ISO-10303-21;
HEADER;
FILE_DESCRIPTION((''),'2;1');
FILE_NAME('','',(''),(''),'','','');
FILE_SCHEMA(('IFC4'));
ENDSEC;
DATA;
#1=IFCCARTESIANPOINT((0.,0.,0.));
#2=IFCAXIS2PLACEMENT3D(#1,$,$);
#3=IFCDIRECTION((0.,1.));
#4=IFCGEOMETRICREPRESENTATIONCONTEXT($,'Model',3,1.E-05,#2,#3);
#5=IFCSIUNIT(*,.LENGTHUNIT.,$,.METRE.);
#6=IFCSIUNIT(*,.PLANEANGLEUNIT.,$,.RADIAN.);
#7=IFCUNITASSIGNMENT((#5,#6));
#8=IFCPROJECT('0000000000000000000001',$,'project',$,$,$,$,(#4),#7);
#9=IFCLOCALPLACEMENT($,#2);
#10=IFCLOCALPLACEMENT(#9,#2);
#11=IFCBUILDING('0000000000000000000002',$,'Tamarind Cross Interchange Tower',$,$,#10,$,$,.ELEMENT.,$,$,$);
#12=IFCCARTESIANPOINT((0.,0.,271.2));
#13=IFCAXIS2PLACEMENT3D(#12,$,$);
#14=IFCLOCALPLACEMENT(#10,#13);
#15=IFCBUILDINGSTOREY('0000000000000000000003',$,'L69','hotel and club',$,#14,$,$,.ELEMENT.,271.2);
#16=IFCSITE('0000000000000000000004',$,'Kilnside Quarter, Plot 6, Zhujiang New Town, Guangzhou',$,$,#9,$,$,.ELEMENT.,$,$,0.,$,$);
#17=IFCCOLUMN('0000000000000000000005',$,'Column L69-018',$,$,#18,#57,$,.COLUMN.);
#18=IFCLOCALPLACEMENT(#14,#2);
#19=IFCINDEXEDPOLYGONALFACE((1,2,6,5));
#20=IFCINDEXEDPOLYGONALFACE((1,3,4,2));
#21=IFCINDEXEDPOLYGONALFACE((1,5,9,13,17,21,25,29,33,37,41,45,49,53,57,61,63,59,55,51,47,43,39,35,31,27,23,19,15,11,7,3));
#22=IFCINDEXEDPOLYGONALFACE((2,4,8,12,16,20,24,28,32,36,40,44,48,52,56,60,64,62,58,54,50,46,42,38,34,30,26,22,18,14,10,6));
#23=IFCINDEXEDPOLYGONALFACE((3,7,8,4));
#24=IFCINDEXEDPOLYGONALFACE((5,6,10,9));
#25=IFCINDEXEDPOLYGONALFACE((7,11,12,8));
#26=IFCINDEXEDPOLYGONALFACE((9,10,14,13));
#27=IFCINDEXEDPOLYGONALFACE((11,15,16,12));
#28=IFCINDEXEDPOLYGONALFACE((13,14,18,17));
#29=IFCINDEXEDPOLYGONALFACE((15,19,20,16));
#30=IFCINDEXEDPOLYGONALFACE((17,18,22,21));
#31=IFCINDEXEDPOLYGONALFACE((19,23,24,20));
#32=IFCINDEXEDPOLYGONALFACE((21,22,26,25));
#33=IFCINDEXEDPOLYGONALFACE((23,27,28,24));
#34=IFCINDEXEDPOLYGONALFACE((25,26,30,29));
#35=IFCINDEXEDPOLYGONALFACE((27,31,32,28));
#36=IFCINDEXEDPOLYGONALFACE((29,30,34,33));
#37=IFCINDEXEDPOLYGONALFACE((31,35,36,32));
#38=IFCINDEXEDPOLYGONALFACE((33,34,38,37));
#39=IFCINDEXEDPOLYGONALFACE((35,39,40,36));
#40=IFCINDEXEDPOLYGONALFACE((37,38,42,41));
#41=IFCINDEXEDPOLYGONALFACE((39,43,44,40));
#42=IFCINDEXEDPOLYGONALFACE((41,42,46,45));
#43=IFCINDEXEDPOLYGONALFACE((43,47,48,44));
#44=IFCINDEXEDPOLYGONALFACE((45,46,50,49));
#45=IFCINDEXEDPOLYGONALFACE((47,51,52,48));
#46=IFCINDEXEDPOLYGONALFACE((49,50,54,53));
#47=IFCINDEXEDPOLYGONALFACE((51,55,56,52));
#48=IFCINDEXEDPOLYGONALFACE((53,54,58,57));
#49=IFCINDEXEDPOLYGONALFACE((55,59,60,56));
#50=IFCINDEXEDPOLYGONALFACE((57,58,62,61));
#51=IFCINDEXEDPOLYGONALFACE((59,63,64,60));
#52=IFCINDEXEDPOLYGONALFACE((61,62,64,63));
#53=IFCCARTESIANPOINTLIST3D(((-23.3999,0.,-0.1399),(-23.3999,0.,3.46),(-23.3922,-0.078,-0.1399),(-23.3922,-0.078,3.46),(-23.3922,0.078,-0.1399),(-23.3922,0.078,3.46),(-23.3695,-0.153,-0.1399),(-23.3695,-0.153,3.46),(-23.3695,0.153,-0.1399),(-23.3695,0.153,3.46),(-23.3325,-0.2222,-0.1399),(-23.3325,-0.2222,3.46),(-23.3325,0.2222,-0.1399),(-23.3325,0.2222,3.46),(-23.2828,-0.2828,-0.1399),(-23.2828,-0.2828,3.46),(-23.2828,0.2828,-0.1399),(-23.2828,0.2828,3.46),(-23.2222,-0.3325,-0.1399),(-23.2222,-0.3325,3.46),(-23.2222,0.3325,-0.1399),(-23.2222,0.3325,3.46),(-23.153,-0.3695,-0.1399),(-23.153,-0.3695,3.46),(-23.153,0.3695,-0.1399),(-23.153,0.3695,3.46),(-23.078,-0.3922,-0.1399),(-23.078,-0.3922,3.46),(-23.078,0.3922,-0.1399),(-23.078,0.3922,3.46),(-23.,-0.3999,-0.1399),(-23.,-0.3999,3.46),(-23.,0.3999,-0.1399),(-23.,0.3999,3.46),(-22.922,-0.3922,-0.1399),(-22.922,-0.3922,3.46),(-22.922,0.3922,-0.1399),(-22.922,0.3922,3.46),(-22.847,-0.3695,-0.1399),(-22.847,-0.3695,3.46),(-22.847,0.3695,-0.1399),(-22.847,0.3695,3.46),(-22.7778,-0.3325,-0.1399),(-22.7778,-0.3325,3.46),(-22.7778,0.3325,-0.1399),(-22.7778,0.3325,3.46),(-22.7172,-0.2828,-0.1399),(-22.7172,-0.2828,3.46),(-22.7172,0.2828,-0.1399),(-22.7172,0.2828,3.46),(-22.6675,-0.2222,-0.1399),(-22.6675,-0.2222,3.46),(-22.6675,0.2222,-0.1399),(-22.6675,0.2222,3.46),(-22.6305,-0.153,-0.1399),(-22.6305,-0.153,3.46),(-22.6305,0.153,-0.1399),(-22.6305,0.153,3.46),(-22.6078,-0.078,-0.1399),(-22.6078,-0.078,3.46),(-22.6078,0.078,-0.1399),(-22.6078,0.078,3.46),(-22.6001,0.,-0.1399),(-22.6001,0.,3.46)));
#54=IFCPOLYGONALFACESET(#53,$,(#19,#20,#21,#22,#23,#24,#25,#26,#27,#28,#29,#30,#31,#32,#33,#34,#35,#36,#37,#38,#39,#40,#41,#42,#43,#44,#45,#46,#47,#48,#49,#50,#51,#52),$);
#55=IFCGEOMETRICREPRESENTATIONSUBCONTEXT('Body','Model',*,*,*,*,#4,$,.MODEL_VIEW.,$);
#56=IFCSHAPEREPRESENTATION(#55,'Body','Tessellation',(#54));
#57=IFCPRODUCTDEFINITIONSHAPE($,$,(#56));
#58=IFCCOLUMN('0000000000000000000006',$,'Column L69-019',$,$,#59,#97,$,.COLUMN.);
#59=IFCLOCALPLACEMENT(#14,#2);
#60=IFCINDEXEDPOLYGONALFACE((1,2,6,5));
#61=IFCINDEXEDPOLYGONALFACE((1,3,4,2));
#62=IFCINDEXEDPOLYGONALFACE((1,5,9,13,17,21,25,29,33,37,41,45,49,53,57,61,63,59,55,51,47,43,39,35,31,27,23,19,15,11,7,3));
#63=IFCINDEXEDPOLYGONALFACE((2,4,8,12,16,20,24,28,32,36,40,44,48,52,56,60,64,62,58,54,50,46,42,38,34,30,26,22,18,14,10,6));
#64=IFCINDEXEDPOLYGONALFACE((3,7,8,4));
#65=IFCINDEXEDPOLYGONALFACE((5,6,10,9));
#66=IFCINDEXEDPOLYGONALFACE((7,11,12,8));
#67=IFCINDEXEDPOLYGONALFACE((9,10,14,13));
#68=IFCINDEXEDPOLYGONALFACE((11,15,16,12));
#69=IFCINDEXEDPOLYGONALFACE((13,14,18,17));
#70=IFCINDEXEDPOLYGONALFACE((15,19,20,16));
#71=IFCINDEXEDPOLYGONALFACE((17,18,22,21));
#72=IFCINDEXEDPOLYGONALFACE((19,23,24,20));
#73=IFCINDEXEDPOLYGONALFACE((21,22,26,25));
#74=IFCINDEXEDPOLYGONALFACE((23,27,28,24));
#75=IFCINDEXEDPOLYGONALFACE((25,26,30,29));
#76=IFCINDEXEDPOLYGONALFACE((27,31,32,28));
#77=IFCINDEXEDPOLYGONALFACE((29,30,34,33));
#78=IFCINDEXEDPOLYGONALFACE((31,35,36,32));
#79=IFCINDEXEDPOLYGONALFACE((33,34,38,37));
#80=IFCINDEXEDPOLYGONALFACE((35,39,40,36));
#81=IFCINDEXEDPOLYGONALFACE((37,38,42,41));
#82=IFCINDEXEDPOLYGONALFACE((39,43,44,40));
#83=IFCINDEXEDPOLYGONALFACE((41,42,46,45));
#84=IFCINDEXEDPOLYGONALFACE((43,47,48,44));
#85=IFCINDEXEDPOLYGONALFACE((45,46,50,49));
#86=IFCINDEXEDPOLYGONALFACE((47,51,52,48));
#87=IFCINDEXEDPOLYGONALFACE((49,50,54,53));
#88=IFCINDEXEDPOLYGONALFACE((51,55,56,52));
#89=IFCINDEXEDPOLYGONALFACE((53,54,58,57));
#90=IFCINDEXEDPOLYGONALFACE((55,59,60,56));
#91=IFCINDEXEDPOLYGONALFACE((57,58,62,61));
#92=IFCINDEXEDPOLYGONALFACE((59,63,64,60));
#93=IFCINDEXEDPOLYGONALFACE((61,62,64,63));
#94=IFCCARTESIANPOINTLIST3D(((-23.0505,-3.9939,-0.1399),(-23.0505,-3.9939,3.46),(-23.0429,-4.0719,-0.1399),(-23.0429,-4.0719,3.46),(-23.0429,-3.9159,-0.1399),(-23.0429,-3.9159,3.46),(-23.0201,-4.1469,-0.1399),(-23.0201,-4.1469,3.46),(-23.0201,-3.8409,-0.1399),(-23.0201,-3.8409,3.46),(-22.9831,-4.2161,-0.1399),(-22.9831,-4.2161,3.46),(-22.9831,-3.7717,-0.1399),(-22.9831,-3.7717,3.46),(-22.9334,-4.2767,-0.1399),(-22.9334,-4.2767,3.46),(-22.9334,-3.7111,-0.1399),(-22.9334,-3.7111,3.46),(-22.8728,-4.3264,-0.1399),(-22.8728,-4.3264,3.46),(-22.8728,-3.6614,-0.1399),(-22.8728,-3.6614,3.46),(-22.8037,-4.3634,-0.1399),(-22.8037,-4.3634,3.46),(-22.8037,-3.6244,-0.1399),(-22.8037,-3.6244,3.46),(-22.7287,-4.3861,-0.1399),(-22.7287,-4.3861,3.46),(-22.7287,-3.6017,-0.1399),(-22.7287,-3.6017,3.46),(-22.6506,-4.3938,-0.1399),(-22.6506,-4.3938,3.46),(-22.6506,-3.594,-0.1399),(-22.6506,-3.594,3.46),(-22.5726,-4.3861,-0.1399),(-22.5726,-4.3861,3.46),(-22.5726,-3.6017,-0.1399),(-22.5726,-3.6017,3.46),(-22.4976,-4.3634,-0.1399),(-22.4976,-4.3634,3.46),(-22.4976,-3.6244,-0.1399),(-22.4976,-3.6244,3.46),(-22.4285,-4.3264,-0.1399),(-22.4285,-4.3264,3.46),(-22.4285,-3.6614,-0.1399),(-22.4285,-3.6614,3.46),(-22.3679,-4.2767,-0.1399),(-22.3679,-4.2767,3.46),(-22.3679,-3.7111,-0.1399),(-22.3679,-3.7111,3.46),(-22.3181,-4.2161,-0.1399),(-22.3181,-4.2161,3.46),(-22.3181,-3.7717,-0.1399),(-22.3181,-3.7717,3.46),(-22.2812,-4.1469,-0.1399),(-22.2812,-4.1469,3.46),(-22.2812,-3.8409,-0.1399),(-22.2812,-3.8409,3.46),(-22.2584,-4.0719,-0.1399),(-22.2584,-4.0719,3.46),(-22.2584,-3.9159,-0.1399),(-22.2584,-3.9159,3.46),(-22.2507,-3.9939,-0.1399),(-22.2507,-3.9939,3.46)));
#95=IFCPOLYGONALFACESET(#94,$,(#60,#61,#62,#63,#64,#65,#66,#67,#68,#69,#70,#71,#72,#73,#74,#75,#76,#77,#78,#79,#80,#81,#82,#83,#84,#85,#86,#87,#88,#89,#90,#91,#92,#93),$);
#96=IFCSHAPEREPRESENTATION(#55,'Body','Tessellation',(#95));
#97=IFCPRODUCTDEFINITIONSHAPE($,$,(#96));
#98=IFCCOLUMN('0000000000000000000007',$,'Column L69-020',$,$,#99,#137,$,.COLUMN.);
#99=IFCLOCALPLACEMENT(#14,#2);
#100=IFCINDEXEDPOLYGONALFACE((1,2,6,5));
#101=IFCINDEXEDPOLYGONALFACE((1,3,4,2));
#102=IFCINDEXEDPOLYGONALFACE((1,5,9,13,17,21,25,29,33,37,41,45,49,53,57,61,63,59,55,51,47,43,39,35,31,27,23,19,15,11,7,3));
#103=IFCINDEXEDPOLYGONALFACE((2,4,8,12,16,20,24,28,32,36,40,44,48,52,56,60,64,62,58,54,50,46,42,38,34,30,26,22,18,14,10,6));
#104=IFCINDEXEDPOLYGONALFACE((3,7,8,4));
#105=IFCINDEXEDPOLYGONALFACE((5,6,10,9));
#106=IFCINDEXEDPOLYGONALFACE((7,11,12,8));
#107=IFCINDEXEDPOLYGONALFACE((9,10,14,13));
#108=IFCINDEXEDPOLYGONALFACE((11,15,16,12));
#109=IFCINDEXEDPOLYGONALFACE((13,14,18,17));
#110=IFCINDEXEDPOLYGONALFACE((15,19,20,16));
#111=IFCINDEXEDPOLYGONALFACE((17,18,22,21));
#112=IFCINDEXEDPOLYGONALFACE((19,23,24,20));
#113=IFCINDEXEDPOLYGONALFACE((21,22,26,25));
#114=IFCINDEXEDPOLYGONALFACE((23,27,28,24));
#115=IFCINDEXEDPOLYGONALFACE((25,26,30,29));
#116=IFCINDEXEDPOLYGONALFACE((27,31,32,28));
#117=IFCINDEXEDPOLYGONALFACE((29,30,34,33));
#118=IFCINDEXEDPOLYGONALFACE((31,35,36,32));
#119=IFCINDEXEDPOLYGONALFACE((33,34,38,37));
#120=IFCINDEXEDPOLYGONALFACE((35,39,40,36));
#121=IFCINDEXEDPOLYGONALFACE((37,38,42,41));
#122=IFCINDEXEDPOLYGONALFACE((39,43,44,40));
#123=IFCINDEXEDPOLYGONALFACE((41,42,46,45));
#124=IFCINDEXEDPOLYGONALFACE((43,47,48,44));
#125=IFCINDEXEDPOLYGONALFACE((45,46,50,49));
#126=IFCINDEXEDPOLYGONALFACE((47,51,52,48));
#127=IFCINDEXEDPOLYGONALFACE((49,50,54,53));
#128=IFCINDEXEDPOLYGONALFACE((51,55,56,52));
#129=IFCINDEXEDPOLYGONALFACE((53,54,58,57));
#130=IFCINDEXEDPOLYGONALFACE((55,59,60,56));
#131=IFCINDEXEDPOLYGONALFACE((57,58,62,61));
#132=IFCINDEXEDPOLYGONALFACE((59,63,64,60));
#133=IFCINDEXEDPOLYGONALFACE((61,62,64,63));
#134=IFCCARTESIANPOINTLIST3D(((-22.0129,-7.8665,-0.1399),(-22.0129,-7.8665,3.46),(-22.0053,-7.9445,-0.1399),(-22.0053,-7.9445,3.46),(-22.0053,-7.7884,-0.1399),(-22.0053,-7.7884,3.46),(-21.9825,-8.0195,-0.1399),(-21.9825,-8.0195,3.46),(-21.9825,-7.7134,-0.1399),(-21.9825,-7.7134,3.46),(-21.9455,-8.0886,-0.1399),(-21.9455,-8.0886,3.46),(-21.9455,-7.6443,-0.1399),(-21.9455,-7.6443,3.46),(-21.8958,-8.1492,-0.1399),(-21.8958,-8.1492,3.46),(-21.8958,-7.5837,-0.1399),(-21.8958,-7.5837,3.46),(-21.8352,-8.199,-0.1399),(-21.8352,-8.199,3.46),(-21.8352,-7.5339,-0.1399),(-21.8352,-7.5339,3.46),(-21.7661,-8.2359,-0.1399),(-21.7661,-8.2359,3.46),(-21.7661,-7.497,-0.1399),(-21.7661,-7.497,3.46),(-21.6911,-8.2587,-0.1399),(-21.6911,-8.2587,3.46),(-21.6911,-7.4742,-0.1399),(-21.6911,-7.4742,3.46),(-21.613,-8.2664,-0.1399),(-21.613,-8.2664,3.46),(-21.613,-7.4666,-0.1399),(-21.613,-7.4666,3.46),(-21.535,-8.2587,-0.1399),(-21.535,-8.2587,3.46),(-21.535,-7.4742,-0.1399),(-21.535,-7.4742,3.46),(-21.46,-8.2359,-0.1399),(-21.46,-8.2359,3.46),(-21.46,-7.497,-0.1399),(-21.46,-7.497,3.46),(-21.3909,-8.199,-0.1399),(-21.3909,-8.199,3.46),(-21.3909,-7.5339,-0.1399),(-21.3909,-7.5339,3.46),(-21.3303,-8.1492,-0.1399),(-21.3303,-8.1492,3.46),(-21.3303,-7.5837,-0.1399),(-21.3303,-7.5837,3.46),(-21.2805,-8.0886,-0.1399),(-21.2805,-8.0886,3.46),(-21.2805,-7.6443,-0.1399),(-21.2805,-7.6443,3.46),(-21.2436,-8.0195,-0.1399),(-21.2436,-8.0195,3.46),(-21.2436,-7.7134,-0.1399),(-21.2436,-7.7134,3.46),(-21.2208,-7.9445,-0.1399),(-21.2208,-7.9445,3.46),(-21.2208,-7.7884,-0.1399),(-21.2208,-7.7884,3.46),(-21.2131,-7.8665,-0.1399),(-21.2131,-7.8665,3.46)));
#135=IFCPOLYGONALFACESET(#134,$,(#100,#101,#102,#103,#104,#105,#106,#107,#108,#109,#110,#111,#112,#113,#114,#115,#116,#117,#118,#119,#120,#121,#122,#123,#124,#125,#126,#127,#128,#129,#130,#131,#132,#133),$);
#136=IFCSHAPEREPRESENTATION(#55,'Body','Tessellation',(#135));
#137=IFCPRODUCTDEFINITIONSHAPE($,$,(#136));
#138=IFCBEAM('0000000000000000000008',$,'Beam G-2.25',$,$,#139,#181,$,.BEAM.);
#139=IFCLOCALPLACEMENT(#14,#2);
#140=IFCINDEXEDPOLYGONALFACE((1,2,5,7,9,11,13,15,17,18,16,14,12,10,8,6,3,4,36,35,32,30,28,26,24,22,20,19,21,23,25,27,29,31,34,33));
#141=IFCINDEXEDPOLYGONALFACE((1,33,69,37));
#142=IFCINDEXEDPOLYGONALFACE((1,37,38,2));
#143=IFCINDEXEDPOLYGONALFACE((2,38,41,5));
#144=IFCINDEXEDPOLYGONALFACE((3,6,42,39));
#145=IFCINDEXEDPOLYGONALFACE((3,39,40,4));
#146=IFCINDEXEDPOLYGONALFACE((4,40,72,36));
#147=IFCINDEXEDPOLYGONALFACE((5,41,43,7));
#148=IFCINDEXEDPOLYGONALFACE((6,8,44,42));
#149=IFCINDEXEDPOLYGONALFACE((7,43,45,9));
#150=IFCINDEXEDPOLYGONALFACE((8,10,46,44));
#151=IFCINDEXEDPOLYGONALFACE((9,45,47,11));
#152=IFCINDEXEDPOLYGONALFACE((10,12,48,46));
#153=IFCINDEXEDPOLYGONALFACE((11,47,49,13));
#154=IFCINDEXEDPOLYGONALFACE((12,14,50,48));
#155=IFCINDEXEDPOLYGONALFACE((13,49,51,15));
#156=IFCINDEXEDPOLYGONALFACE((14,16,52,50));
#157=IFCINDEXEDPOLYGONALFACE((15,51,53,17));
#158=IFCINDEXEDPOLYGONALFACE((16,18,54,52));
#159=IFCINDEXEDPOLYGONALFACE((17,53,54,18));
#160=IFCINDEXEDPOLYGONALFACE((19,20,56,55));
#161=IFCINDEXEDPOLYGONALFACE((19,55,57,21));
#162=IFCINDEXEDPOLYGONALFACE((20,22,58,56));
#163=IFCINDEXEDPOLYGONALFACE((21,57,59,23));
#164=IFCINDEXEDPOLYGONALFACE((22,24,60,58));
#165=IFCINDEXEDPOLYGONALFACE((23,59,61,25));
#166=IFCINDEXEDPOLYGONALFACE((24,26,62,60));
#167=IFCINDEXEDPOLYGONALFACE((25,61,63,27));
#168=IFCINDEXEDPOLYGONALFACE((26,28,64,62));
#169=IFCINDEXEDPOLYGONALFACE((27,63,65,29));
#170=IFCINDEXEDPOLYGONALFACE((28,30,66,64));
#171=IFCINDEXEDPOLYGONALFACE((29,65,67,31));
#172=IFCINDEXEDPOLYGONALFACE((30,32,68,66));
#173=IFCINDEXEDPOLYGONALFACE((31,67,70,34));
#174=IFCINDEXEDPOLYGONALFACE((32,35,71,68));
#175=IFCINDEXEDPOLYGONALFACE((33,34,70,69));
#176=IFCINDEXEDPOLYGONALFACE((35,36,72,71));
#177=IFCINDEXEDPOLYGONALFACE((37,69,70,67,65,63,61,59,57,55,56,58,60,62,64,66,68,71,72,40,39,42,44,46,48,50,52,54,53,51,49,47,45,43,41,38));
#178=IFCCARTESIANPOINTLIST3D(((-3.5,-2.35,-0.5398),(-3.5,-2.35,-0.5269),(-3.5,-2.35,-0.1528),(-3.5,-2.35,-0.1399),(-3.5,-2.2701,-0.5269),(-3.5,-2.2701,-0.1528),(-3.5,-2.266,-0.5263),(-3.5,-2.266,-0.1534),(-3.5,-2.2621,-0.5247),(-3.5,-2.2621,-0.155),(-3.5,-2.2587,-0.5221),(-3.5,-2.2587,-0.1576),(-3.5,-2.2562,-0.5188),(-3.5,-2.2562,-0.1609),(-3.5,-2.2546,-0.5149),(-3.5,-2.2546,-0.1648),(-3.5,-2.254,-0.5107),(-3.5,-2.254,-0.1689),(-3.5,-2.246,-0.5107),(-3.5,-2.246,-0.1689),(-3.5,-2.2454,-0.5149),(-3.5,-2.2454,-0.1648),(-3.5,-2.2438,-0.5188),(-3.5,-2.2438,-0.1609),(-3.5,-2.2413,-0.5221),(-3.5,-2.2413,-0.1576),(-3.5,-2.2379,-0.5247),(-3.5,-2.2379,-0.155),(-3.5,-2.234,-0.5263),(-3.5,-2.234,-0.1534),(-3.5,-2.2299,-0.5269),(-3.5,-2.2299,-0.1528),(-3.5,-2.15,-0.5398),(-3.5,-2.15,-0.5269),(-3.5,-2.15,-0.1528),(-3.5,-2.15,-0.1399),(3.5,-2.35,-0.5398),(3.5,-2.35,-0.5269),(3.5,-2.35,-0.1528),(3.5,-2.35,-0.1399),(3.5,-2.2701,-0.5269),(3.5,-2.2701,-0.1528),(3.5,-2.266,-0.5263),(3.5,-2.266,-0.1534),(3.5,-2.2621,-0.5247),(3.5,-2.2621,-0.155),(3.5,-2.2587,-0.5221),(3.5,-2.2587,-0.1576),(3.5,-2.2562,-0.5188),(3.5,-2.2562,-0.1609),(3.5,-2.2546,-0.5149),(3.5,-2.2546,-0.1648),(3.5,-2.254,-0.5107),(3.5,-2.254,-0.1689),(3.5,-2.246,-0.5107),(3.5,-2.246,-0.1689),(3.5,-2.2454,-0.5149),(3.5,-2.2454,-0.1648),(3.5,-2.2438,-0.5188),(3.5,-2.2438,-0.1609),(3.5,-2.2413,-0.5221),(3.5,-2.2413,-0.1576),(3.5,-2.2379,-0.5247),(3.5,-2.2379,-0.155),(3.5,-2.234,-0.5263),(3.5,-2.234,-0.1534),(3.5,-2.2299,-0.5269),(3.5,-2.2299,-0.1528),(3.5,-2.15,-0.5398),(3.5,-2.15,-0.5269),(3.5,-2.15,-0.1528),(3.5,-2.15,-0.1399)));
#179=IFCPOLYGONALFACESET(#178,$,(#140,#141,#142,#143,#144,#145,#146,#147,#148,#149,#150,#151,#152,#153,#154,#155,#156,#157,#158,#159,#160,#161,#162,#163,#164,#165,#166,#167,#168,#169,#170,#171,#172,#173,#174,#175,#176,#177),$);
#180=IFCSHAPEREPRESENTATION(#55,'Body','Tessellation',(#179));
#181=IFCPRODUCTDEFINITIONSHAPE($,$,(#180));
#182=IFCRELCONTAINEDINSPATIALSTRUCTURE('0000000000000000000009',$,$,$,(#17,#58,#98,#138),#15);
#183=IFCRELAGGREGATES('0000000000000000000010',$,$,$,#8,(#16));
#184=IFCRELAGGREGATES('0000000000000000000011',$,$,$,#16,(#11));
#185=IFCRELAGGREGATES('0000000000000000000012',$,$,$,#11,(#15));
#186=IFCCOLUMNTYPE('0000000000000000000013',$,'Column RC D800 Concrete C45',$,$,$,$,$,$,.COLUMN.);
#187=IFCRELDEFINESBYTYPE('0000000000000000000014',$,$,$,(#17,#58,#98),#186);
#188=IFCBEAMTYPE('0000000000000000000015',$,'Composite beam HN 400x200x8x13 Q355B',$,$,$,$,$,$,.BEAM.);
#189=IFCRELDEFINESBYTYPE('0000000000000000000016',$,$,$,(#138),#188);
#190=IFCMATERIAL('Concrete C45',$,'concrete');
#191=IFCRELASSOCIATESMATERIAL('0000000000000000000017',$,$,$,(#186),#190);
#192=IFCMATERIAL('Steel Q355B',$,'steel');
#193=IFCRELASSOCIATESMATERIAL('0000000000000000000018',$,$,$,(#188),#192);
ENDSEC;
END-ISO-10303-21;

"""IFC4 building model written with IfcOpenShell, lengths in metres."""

from ifc_helpers import new_model, si_unit, direction, frame, origin, origin_2d, place, context, subcontext, project, spatial, circle, i_section, extrude, material, material_profile, profile_set, type_object, element, save


model = new_model("IFC4")

# Units and contexts
model_context = context("Model", 3, precision=1e-05, world=origin(), true_north=direction((0.0, 1.0)))
body_context = subcontext(model_context, "Body", "Model", "MODEL_VIEW")
ifc_project = project(units=[si_unit("LENGTHUNIT", "METRE"), si_unit("PLANEANGLEUNIT", "RADIAN")], contexts=[model_context])

# Site, building, storey
site_placement = place(None, origin())
site = spatial("IfcSite", under=ifc_project, at=site_placement, Name="Kilnside Quarter, Plot 6, Zhujiang New Town, Guangzhou", CompositionType="ELEMENT", RefElevation=0.0)
building_placement = place(site_placement, origin())
building = spatial("IfcBuilding", under=site, at=building_placement, Name="Tamarind Cross Interchange Tower", CompositionType="ELEMENT")
storey_placement = place(building_placement, frame((0.0, 0.0, 271.2)))
storey = spatial("IfcBuildingStorey", under=building, at=storey_placement, Name="L69", Description="hotel and club", CompositionType="ELEMENT", Elevation=271.2)

# Columns
ifc_material_1 = material(Name="Concrete C45", Category="concrete")
ifc_material_profile_1 = material_profile(ifc_material_1, circle(Radius=0.3999, at=origin_2d()), Name="RC D800")
ifc_profile_set_1 = profile_set([ifc_material_profile_1], Name="Concrete C45")
column_type = type_object("IfcColumnType", Name="Column RC D800 Concrete C45", PredefinedType="COLUMN", material=ifc_profile_set_1)
for number, where, z_axis, x_axis, name in (
    (1, (-23.0, 0.0, -0.1399), (0.0, 0.0, 1.0), (1.0, 0.0, 0.0), "Column L69-018"),
    (2, (-22.6506, -3.9939, -0.1399), (0.0, 0.0, 1.0), (1.0, 0.0, 0.0), "Column L69-019"),
    (3, (-21.613, -7.8665, -0.1399), (0.0, 0.0, 1.0), (1.0, 0.0, 0.0), "Column L69-020"),
):
    element("IfcColumn", number, at=place(storey_placement, frame(where, z_axis=z_axis, x_axis=x_axis)), inside=storey, type_object=column_type, Name=name, PredefinedType="COLUMN", context=body_context, shape_type="SweptSolid", body=[
        extrude(circle(Radius=0.3999, at=origin_2d()), origin(), (0.0, 0.0, 1.0), 3.5999),
    ])

# Beam
ifc_material_2 = material(Name="Steel Q355B", Category="steel")
ifc_material_profile_2 = material_profile(ifc_material_2, i_section(OverallWidth=0.2, OverallDepth=0.3999, WebThickness=0.0081, FlangeThickness=0.0129, FilletRadius=0.0161, at=origin_2d()), Name="HN 400x200x8x13")
ifc_profile_set_2 = profile_set([ifc_material_profile_2], Name="Steel Q355B")
beam_type_1 = type_object("IfcBeamType", Name="Composite beam HN 400x200x8x13 Q355B", PredefinedType="BEAM", material=ifc_profile_set_2)
for number, where, z_axis, x_axis, name in (
    (4, (-3.5, -2.25, -0.3398), (1.0, 0.0, 0.0), (0.0, 1.0, 0.0), "Beam G-2.25"),
):
    element("IfcBeam", number, at=place(storey_placement, frame(where, z_axis=z_axis, x_axis=x_axis)), inside=storey, type_object=beam_type_1, Name=name, PredefinedType="BEAM", context=body_context, shape_type="SweptSolid", body=[
        extrude(i_section(OverallWidth=0.2, OverallDepth=0.3999, WebThickness=0.0081, FlangeThickness=0.0129, FilletRadius=0.0161, at=origin_2d()), origin(), (0.0, 0.0, 1.0), 7.0),
    ])

save(model, "model.ifc")
